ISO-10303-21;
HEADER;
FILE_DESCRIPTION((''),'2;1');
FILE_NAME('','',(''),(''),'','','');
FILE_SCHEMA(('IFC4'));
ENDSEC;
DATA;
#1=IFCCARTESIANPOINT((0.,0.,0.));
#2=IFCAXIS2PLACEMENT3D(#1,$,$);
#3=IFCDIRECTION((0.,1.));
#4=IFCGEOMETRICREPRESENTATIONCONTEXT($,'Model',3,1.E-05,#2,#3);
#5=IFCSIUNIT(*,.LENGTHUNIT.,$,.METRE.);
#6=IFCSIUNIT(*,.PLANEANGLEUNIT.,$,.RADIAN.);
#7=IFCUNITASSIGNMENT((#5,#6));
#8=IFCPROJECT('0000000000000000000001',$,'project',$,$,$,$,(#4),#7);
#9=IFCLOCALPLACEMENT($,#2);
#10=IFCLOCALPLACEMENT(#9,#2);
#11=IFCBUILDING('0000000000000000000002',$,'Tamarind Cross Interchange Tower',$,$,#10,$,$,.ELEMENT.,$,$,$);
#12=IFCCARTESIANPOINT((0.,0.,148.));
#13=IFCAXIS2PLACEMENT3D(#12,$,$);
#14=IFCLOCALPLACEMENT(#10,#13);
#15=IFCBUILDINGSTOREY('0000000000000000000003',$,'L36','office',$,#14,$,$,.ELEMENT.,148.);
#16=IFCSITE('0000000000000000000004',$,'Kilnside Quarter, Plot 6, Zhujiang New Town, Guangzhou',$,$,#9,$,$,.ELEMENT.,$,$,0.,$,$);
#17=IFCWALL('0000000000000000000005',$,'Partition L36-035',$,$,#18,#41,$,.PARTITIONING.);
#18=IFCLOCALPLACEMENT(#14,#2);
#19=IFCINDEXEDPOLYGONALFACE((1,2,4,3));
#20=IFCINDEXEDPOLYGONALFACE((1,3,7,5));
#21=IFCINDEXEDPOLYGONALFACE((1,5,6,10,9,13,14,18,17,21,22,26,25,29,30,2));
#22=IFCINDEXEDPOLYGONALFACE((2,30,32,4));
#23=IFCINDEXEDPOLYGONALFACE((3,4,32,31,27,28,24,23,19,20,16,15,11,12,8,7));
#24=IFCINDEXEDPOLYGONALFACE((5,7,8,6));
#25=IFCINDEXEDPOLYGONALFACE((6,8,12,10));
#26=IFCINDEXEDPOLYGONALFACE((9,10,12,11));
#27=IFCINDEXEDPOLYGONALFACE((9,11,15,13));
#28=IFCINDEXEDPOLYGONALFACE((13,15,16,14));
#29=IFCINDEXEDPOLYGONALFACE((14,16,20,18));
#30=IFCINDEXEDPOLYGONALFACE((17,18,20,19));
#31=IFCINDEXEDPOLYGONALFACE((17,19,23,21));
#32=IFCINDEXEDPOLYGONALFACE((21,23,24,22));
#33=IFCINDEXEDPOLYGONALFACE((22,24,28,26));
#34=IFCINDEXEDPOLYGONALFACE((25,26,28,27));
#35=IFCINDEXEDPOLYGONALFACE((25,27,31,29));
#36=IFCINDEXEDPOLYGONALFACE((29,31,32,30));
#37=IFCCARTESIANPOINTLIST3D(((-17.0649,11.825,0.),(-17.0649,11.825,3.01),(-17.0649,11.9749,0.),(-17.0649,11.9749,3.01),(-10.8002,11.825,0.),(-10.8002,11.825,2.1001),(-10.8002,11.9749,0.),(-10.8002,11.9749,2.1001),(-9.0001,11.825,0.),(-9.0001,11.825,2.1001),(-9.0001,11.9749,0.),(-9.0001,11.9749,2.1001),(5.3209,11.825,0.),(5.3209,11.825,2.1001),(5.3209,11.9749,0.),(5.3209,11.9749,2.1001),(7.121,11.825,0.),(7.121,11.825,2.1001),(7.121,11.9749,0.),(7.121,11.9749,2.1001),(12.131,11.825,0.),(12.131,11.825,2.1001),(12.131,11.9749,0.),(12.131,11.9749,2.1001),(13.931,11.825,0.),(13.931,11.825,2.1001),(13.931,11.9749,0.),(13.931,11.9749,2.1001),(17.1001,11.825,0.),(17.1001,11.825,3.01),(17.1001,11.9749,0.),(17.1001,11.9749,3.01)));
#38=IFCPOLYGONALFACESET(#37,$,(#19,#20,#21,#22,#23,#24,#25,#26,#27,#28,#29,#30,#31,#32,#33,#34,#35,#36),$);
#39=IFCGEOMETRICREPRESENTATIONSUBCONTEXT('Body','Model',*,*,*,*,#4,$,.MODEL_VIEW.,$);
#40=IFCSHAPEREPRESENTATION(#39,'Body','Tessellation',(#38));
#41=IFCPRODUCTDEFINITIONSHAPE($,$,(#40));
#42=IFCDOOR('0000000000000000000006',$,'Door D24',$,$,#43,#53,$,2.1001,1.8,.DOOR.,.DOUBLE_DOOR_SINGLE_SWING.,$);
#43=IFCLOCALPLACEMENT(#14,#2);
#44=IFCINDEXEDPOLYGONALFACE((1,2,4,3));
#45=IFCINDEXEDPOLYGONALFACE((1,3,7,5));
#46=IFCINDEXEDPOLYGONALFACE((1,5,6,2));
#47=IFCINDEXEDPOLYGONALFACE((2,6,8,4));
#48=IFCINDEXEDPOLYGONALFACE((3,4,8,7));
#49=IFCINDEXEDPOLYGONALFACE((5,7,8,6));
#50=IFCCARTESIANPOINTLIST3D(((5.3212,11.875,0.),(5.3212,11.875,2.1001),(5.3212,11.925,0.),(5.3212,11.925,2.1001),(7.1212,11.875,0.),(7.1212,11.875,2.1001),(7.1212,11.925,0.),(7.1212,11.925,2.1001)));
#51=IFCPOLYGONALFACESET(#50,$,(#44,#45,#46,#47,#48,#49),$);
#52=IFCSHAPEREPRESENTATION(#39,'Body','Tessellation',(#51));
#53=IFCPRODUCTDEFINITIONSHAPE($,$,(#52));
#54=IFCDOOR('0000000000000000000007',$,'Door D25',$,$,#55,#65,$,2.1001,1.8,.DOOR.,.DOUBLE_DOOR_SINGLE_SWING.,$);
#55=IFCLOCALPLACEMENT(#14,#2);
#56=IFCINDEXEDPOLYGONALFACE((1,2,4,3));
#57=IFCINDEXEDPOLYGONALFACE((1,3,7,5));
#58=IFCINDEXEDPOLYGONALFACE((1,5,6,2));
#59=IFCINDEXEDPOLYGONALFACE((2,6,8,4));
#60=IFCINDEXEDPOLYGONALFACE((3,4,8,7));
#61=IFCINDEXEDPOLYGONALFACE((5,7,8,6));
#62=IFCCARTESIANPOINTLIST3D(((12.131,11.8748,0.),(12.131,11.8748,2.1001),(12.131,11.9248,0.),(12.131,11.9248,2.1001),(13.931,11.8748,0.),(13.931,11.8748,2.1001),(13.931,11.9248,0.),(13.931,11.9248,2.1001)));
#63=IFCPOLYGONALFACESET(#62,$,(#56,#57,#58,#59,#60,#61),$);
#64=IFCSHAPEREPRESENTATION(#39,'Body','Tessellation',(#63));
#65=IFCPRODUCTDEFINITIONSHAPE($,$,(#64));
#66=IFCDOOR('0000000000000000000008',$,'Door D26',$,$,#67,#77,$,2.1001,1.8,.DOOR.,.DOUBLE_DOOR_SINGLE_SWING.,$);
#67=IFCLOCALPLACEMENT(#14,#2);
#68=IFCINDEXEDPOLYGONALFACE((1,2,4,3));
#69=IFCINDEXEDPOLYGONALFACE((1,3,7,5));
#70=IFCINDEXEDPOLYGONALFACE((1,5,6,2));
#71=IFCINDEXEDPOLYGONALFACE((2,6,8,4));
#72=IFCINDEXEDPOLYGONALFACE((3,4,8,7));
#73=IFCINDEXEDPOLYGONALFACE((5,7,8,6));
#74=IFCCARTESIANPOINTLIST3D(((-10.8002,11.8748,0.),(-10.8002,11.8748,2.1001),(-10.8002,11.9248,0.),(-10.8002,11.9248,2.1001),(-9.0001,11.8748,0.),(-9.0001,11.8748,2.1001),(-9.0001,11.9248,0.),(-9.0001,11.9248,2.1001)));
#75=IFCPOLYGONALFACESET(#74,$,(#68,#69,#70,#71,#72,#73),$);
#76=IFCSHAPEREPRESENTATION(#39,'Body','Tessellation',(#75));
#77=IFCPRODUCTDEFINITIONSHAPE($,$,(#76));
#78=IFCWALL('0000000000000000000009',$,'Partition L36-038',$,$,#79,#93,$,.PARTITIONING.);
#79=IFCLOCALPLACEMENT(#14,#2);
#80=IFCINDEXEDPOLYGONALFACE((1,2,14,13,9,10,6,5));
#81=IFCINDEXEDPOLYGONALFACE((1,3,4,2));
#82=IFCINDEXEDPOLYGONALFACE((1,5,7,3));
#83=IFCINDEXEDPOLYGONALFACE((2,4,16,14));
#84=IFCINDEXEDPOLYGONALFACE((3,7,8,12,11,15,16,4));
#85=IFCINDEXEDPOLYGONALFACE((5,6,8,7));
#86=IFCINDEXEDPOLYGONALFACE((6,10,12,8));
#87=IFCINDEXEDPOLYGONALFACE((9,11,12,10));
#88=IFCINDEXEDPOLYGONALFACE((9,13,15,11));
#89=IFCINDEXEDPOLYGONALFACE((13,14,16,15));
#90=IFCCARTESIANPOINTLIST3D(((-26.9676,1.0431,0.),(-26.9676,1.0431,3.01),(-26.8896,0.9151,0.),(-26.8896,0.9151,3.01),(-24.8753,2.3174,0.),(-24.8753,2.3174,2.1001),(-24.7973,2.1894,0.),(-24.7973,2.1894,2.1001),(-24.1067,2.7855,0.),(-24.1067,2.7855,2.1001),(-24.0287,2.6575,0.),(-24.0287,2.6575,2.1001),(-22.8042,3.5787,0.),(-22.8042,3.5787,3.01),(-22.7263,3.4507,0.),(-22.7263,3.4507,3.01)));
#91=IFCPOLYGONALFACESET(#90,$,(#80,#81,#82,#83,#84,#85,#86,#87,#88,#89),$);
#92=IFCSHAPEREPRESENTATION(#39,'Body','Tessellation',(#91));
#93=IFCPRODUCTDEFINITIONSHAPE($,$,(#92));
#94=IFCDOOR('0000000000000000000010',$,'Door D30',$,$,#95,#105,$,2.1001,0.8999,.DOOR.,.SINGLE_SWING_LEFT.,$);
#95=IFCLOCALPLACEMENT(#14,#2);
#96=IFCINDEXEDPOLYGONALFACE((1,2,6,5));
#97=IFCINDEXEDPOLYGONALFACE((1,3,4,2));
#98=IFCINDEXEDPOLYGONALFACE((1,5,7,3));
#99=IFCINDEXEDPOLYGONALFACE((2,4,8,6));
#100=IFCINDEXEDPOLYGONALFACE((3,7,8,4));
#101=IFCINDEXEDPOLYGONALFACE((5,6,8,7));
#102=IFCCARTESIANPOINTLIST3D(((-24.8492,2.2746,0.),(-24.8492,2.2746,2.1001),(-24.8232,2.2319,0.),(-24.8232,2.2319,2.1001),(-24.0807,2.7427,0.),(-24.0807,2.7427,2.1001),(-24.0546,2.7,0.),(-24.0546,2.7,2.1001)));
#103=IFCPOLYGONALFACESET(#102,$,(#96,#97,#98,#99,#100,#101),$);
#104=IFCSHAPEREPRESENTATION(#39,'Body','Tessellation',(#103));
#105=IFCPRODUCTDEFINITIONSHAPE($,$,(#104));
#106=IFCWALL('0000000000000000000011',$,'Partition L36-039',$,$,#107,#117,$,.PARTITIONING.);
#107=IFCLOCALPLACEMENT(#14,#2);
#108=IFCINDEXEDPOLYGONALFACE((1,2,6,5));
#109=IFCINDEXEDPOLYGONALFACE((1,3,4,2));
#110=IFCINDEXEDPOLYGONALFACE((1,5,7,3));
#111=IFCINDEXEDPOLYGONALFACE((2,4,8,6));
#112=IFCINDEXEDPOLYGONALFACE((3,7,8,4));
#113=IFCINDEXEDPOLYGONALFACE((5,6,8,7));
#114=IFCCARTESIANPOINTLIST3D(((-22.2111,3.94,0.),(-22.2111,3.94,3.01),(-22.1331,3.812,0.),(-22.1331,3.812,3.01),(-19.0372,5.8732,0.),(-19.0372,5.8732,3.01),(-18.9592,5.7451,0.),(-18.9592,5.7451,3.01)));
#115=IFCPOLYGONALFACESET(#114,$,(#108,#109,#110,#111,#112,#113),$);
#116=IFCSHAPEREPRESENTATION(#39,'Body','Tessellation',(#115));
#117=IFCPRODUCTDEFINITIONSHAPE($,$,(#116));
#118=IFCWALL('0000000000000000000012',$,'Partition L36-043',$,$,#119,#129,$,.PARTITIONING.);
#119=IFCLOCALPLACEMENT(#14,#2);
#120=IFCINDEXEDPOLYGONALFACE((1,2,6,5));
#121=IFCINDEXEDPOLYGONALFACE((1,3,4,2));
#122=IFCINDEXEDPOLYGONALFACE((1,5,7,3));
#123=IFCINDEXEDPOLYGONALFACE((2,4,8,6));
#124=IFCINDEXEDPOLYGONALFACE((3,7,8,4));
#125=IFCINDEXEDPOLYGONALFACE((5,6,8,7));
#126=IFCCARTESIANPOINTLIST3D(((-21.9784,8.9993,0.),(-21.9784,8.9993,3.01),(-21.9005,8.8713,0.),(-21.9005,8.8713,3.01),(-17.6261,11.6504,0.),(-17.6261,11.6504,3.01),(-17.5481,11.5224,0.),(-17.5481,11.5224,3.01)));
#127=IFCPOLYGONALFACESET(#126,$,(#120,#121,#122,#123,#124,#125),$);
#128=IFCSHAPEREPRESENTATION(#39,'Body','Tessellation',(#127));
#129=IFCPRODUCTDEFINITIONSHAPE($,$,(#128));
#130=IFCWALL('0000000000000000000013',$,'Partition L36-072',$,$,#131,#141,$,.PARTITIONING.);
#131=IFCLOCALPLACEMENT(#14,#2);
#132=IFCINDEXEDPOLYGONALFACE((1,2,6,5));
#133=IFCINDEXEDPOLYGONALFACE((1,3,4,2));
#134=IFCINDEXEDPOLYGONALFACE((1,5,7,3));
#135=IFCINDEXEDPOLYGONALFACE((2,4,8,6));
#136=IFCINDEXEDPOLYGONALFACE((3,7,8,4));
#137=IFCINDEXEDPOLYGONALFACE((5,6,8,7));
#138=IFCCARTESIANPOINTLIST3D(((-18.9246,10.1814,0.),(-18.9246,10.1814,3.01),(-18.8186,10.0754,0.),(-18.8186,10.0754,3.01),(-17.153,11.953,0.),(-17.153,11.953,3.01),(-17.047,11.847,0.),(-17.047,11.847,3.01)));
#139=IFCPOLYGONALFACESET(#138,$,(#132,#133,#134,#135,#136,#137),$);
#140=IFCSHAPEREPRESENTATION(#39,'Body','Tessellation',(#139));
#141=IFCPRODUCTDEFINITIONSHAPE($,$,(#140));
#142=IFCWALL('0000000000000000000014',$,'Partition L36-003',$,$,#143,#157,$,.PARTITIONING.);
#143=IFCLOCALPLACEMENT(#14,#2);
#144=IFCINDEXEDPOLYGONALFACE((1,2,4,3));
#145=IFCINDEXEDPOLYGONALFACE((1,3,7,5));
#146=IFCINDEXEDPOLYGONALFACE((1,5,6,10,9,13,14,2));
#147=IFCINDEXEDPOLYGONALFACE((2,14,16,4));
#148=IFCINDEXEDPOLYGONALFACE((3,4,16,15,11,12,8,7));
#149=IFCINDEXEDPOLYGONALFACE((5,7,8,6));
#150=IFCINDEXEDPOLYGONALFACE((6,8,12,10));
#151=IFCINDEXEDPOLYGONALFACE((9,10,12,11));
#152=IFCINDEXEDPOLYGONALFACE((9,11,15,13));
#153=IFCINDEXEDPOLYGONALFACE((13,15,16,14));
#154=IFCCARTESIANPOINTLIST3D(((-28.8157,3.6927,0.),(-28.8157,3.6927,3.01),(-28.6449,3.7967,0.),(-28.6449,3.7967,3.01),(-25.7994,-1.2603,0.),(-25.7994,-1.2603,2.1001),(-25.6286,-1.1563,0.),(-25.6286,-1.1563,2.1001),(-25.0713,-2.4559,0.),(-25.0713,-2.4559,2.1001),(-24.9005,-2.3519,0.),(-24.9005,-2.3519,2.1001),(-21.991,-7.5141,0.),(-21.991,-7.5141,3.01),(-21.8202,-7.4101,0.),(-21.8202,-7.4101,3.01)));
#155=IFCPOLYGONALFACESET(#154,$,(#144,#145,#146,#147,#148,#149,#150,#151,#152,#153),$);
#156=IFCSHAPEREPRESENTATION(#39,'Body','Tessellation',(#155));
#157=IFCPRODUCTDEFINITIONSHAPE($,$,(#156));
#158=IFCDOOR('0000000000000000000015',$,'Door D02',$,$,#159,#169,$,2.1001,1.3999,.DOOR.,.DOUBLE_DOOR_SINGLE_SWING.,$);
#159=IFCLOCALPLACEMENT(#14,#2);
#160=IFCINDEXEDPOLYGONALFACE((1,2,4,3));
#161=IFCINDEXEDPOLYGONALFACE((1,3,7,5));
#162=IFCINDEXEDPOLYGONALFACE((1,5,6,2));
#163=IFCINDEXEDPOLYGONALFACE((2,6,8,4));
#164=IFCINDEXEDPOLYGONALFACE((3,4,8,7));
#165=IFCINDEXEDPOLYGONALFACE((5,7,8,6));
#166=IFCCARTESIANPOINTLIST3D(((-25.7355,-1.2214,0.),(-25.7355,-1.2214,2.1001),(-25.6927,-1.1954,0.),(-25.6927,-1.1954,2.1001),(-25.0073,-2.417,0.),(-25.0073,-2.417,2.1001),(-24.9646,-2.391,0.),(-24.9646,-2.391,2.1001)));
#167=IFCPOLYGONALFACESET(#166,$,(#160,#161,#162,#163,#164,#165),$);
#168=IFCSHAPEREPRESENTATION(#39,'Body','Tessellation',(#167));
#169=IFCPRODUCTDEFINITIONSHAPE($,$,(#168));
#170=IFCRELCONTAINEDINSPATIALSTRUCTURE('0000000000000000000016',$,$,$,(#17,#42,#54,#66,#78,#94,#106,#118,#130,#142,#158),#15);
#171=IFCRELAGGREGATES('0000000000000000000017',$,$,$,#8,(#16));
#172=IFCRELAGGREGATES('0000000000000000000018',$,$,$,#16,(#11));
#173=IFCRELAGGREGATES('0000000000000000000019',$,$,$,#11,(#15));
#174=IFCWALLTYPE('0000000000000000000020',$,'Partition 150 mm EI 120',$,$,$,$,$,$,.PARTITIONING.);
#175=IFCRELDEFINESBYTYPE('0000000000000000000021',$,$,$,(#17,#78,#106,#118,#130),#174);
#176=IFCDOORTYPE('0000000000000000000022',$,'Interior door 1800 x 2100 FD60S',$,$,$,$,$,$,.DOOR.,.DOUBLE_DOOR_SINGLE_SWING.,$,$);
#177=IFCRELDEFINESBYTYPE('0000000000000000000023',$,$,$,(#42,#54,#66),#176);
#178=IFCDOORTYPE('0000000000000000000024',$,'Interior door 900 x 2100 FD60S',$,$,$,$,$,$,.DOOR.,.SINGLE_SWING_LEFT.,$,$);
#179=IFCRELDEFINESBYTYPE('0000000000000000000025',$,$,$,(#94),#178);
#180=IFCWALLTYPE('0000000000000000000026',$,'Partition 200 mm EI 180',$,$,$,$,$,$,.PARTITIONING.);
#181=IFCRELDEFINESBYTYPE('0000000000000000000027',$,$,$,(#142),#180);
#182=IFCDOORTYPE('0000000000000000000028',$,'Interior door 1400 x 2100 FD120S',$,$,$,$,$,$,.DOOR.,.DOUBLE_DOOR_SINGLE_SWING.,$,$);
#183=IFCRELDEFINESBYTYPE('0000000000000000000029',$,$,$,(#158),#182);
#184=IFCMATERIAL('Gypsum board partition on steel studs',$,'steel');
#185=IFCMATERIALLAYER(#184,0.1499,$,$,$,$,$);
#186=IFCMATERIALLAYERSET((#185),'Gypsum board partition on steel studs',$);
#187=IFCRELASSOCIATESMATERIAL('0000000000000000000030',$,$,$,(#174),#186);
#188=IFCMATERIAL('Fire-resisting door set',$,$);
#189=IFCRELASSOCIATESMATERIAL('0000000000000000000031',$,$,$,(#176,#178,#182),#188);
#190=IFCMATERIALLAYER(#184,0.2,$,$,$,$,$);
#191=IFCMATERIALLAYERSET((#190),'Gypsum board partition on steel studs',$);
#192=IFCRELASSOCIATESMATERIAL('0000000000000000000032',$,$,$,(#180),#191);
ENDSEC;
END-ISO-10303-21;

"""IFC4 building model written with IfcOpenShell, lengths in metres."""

from ifc_helpers import new_model, si_unit, direction, frame, frame_2d, origin, place, context, subcontext, project, spatial, rectangle, extrude, material, layer, layer_set, type_object, element, fill, save


model = new_model("IFC4")

# Units and contexts
model_context = context("Model", 3, precision=1e-05, world=origin(), true_north=direction((0.0, 1.0)))
body_context = subcontext(model_context, "Body", "Model", "MODEL_VIEW")
ifc_project = project(units=[si_unit("LENGTHUNIT", "METRE"), si_unit("PLANEANGLEUNIT", "RADIAN")], contexts=[model_context])

# Site, building, storey
site_placement = place(None, origin())
site = spatial("IfcSite", under=ifc_project, at=site_placement, Name="Kilnside Quarter, Plot 6, Zhujiang New Town, Guangzhou", CompositionType="ELEMENT", RefElevation=0.0)
building_placement = place(site_placement, origin())
building = spatial("IfcBuilding", under=site, at=building_placement, Name="Tamarind Cross Interchange Tower", CompositionType="ELEMENT")
storey_placement = place(building_placement, frame((0.0, 0.0, 148.0)))
storey = spatial("IfcBuildingStorey", under=building, at=storey_placement, Name="L36", Description="office", CompositionType="ELEMENT", Elevation=148.0)

# Wall, openings, doors
ifc_material_1 = material(Name="Gypsum board partition on steel studs", Category="steel")
ifc_layer_1 = layer(ifc_material_1, 0.1499)
ifc_layer_set_1 = layer_set([ifc_layer_1], Name="Gypsum board partition on steel studs")
wall_type_1 = type_object("IfcWallType", Name="Partition 150 mm EI 120", PredefinedType="PARTITIONING", material=ifc_layer_set_1)
wall_1_placement = place(storey_placement, frame((-17.0649, 11.8999, 0.0), z_axis=(0.0, 0.0, 1.0), x_axis=(1.0, 0.0, 0.0)))
wall_1 = element("IfcWall", 1, at=wall_1_placement, inside=storey, type_object=wall_type_1, Name="Partition L36-035", PredefinedType="PARTITIONING", context=body_context, shape_type="SweptSolid", body=[
    extrude(rectangle(XDim=34.165, YDim=0.1499, at=frame_2d((17.0825, 0.0))), origin(), (0.0, 0.0, 1.0), 3.01),
])
opening_1_placement = place(wall_1_placement, frame((22.386, 0.0, 0.0)))
opening_1 = element("IfcOpeningElement", 2, at=opening_1_placement, cuts=wall_1, PredefinedType="OPENING", context=body_context, shape_type="SweptSolid", body=[
    extrude(rectangle(XDim=1.8, YDim=2.1001, at=frame_2d((0.8999, 1.05))), frame((0.0, 0.085, 0.0), z_axis=(0.0, -1.0, 0.0), x_axis=(1.0, 0.0, 0.0)), (0.0, 0.0, 1.0), 0.1699),
])
opening_2_placement = place(wall_1_placement, frame((29.196, 0.0, 0.0)))
opening_2 = element("IfcOpeningElement", 3, at=opening_2_placement, cuts=wall_1, PredefinedType="OPENING", context=body_context, shape_type="SweptSolid", body=[
    extrude(rectangle(XDim=1.8, YDim=2.1001, at=frame_2d((0.8999, 1.05))), frame((0.0, 0.085, 0.0), z_axis=(0.0, -1.0, 0.0), x_axis=(1.0, 0.0, 0.0)), (0.0, 0.0, 1.0), 0.1699),
])
opening_3_placement = place(wall_1_placement, frame((6.2649, 0.0, 0.0)))
opening_3 = element("IfcOpeningElement", 4, at=opening_3_placement, cuts=wall_1, PredefinedType="OPENING", context=body_context, shape_type="SweptSolid", body=[
    extrude(rectangle(XDim=1.8, YDim=2.1001, at=frame_2d((0.8999, 1.05))), frame((0.0, 0.085, 0.0), z_axis=(0.0, -1.0, 0.0), x_axis=(1.0, 0.0, 0.0)), (0.0, 0.0, 1.0), 0.1699),
])
ifc_material_2 = material(Name="Fire-resisting door set")
door_type_1 = type_object("IfcDoorType", Name="Interior door 1800 x 2100 FD60S", OperationType="DOUBLE_DOOR_SINGLE_SWING", PredefinedType="DOOR", material=ifc_material_2)
door_1_placement = place(opening_1_placement, frame((1.8, 0.0, 0.0), z_axis=(0.0, 0.0, 1.0), x_axis=(-1.0, 0.0, 0.0)))
door_1 = element("IfcDoor", 5, at=door_1_placement, inside=storey, type_object=door_type_1, Name="Door D24", OperationType="DOUBLE_DOOR_SINGLE_SWING", OverallHeight=2.1001, OverallWidth=1.8, PredefinedType="DOOR", context=body_context, shape_type="SweptSolid", body=[
    extrude(rectangle(XDim=1.8, YDim=2.1001, at=frame_2d((0.8999, 1.05))), frame((0.0, 0.0249, 0.0), z_axis=(0.0, -1.0, 0.0), x_axis=(1.0, 0.0, 0.0)), (0.0, 0.0, 1.0), 0.05),
])
fill(opening_1, door_1)
door_2_placement = place(opening_2_placement, origin())
door_2 = element("IfcDoor", 6, at=door_2_placement, inside=storey, type_object=door_type_1, Name="Door D25", OperationType="DOUBLE_DOOR_SINGLE_SWING", OverallHeight=2.1001, OverallWidth=1.8, PredefinedType="DOOR", context=body_context, shape_type="SweptSolid", body=[
    extrude(rectangle(XDim=1.8, YDim=2.1001, at=frame_2d((0.8999, 1.05))), frame((0.0, 0.0249, 0.0), z_axis=(0.0, -1.0, 0.0), x_axis=(1.0, 0.0, 0.0)), (0.0, 0.0, 1.0), 0.05),
])
fill(opening_2, door_2)
door_3_placement = place(opening_3_placement, origin())
door_3 = element("IfcDoor", 7, at=door_3_placement, inside=storey, type_object=door_type_1, Name="Door D26", OperationType="DOUBLE_DOOR_SINGLE_SWING", OverallHeight=2.1001, OverallWidth=1.8, PredefinedType="DOOR", context=body_context, shape_type="SweptSolid", body=[
    extrude(rectangle(XDim=1.8, YDim=2.1001, at=frame_2d((0.8999, 1.05))), frame((0.0, 0.0249, 0.0), z_axis=(0.0, -1.0, 0.0), x_axis=(1.0, 0.0, 0.0)), (0.0, 0.0, 1.0), 0.05),
])
fill(opening_3, door_3)

# Wall, opening, door
wall_2_placement = place(storey_placement, frame((-26.9287, 0.979, 0.0), z_axis=(0.0, 0.0, 1.0), x_axis=(0.854067, 0.520163, 0.0)))
wall_2 = element("IfcWall", 8, at=wall_2_placement, inside=storey, type_object=wall_type_1, Name="Partition L36-038", PredefinedType="PARTITIONING", context=body_context, shape_type="SweptSolid", body=[
    extrude(rectangle(XDim=4.8748, YDim=0.1499, at=frame_2d((2.4375, 0.0))), origin(), (0.0, 0.0, 1.0), 3.01),
])
opening_4_placement = place(wall_2_placement, frame((2.45, 0.0, 0.0)))
opening_4 = element("IfcOpeningElement", 9, at=opening_4_placement, cuts=wall_2, PredefinedType="OPENING", context=body_context, shape_type="SweptSolid", body=[
    extrude(rectangle(XDim=0.8999, YDim=2.1001, at=frame_2d((0.45, 1.05))), frame((0.0, 0.085, 0.0), z_axis=(0.0, -1.0, 0.0), x_axis=(1.0, 0.0, 0.0)), (0.0, 0.0, 1.0), 0.1699),
])
door_type_2 = type_object("IfcDoorType", Name="Interior door 900 x 2100 FD60S", OperationType="SINGLE_SWING_LEFT", PredefinedType="DOOR", material=ifc_material_2)
door_4_placement = place(opening_4_placement, origin())
door_4 = element("IfcDoor", 10, at=door_4_placement, inside=storey, type_object=door_type_2, Name="Door D30", OperationType="SINGLE_SWING_LEFT", OverallHeight=2.1001, OverallWidth=0.8999, PredefinedType="DOOR", context=body_context, shape_type="SweptSolid", body=[
    extrude(rectangle(XDim=0.8999, YDim=2.1001, at=frame_2d((0.45, 1.05))), frame((0.0, 0.0249, 0.0), z_axis=(0.0, -1.0, 0.0), x_axis=(1.0, 0.0, 0.0)), (0.0, 0.0, 1.0), 0.05),
])
fill(opening_4, door_4)

# Walls
wall_3_placement = place(storey_placement, frame((-22.1721, 3.876, 0.0), z_axis=(0.0, 0.0, 1.0), x_axis=(0.854054, 0.520185, 0.0)))
element("IfcWall", 11, at=wall_3_placement, inside=storey, type_object=wall_type_1, Name="Partition L36-039", PredefinedType="PARTITIONING", context=body_context, shape_type="SweptSolid", body=[
    extrude(rectangle(XDim=3.7163, YDim=0.1499, at=frame_2d((1.8582, 0.0))), origin(), (0.0, 0.0, 1.0), 3.01),
])
wall_4_placement = place(storey_placement, frame((-21.9395, 8.9353, 0.0), z_axis=(0.0, 0.0, 1.0), x_axis=(0.854033, 0.520219, 0.0)))
element("IfcWall", 12, at=wall_4_placement, inside=storey, type_object=wall_type_1, Name="Partition L36-043", PredefinedType="PARTITIONING", context=body_context, shape_type="SweptSolid", body=[
    extrude(rectangle(XDim=5.0962, YDim=0.1499, at=frame_2d((2.5481, 0.0))), origin(), (0.0, 0.0, 1.0), 3.01),
])
wall_5_placement = place(storey_placement, frame((-18.8716, 10.1284, 0.0), z_axis=(0.0, 0.0, 1.0), x_axis=(0.707107, 0.707107, 0.0)))
element("IfcWall", 13, at=wall_5_placement, inside=storey, type_object=wall_type_1, Name="Partition L36-072", PredefinedType="PARTITIONING", context=body_context, shape_type="SweptSolid", body=[
    extrude(rectangle(XDim=2.5054, YDim=0.1499, at=frame_2d((1.2527, 0.0))), origin(), (0.0, 0.0, 1.0), 3.01),
])

# Wall, opening, door
ifc_layer_2 = layer(ifc_material_1, 0.2)
ifc_layer_set_2 = layer_set([ifc_layer_2], Name="Gypsum board partition on steel studs")
wall_type_2 = type_object("IfcWallType", Name="Partition 200 mm EI 180", PredefinedType="PARTITIONING", material=ifc_layer_set_2)
wall_6_placement = place(storey_placement, frame((-28.7302, 3.7446, 0.0), z_axis=(0.0, 0.0, 1.0), x_axis=(0.520124, -0.854091, 0.0)))
wall_6 = element("IfcWall", 14, at=wall_6_placement, inside=storey, type_object=wall_type_2, Name="Partition L36-003", PredefinedType="PARTITIONING", context=body_context, shape_type="SweptSolid", body=[
    extrude(rectangle(XDim=13.1213, YDim=0.2, at=frame_2d((6.5605, 0.0))), origin(), (0.0, 0.0, 1.0), 3.01),
])
opening_5_placement = place(wall_6_placement, frame((5.7991, 0.0, 0.0)))
opening_5 = element("IfcOpeningElement", 15, at=opening_5_placement, cuts=wall_6, PredefinedType="OPENING", context=body_context, shape_type="SweptSolid", body=[
    extrude(rectangle(XDim=1.3999, YDim=2.1001, at=frame_2d((0.7, 1.05))), frame((0.0, 0.1099, 0.0), z_axis=(0.0, -1.0, 0.0), x_axis=(1.0, 0.0, 0.0)), (0.0, 0.0, 1.0), 0.22),
])
door_type_3 = type_object("IfcDoorType", Name="Interior door 1400 x 2100 FD120S", OperationType="DOUBLE_DOOR_SINGLE_SWING", PredefinedType="DOOR", material=ifc_material_2)
door_5_placement = place(opening_5_placement, origin())
door_5 = element("IfcDoor", 16, at=door_5_placement, inside=storey, type_object=door_type_3, Name="Door D02", OperationType="DOUBLE_DOOR_SINGLE_SWING", OverallHeight=2.1001, OverallWidth=1.3999, PredefinedType="DOOR", context=body_context, shape_type="SweptSolid", body=[
    extrude(rectangle(XDim=1.3999, YDim=2.1001, at=frame_2d((0.7, 1.05))), frame((0.0, 0.0249, 0.0), z_axis=(0.0, -1.0, 0.0), x_axis=(1.0, 0.0, 0.0)), (0.0, 0.0, 1.0), 0.05),
])
fill(opening_5, door_5)

save(model, "model.ifc")
